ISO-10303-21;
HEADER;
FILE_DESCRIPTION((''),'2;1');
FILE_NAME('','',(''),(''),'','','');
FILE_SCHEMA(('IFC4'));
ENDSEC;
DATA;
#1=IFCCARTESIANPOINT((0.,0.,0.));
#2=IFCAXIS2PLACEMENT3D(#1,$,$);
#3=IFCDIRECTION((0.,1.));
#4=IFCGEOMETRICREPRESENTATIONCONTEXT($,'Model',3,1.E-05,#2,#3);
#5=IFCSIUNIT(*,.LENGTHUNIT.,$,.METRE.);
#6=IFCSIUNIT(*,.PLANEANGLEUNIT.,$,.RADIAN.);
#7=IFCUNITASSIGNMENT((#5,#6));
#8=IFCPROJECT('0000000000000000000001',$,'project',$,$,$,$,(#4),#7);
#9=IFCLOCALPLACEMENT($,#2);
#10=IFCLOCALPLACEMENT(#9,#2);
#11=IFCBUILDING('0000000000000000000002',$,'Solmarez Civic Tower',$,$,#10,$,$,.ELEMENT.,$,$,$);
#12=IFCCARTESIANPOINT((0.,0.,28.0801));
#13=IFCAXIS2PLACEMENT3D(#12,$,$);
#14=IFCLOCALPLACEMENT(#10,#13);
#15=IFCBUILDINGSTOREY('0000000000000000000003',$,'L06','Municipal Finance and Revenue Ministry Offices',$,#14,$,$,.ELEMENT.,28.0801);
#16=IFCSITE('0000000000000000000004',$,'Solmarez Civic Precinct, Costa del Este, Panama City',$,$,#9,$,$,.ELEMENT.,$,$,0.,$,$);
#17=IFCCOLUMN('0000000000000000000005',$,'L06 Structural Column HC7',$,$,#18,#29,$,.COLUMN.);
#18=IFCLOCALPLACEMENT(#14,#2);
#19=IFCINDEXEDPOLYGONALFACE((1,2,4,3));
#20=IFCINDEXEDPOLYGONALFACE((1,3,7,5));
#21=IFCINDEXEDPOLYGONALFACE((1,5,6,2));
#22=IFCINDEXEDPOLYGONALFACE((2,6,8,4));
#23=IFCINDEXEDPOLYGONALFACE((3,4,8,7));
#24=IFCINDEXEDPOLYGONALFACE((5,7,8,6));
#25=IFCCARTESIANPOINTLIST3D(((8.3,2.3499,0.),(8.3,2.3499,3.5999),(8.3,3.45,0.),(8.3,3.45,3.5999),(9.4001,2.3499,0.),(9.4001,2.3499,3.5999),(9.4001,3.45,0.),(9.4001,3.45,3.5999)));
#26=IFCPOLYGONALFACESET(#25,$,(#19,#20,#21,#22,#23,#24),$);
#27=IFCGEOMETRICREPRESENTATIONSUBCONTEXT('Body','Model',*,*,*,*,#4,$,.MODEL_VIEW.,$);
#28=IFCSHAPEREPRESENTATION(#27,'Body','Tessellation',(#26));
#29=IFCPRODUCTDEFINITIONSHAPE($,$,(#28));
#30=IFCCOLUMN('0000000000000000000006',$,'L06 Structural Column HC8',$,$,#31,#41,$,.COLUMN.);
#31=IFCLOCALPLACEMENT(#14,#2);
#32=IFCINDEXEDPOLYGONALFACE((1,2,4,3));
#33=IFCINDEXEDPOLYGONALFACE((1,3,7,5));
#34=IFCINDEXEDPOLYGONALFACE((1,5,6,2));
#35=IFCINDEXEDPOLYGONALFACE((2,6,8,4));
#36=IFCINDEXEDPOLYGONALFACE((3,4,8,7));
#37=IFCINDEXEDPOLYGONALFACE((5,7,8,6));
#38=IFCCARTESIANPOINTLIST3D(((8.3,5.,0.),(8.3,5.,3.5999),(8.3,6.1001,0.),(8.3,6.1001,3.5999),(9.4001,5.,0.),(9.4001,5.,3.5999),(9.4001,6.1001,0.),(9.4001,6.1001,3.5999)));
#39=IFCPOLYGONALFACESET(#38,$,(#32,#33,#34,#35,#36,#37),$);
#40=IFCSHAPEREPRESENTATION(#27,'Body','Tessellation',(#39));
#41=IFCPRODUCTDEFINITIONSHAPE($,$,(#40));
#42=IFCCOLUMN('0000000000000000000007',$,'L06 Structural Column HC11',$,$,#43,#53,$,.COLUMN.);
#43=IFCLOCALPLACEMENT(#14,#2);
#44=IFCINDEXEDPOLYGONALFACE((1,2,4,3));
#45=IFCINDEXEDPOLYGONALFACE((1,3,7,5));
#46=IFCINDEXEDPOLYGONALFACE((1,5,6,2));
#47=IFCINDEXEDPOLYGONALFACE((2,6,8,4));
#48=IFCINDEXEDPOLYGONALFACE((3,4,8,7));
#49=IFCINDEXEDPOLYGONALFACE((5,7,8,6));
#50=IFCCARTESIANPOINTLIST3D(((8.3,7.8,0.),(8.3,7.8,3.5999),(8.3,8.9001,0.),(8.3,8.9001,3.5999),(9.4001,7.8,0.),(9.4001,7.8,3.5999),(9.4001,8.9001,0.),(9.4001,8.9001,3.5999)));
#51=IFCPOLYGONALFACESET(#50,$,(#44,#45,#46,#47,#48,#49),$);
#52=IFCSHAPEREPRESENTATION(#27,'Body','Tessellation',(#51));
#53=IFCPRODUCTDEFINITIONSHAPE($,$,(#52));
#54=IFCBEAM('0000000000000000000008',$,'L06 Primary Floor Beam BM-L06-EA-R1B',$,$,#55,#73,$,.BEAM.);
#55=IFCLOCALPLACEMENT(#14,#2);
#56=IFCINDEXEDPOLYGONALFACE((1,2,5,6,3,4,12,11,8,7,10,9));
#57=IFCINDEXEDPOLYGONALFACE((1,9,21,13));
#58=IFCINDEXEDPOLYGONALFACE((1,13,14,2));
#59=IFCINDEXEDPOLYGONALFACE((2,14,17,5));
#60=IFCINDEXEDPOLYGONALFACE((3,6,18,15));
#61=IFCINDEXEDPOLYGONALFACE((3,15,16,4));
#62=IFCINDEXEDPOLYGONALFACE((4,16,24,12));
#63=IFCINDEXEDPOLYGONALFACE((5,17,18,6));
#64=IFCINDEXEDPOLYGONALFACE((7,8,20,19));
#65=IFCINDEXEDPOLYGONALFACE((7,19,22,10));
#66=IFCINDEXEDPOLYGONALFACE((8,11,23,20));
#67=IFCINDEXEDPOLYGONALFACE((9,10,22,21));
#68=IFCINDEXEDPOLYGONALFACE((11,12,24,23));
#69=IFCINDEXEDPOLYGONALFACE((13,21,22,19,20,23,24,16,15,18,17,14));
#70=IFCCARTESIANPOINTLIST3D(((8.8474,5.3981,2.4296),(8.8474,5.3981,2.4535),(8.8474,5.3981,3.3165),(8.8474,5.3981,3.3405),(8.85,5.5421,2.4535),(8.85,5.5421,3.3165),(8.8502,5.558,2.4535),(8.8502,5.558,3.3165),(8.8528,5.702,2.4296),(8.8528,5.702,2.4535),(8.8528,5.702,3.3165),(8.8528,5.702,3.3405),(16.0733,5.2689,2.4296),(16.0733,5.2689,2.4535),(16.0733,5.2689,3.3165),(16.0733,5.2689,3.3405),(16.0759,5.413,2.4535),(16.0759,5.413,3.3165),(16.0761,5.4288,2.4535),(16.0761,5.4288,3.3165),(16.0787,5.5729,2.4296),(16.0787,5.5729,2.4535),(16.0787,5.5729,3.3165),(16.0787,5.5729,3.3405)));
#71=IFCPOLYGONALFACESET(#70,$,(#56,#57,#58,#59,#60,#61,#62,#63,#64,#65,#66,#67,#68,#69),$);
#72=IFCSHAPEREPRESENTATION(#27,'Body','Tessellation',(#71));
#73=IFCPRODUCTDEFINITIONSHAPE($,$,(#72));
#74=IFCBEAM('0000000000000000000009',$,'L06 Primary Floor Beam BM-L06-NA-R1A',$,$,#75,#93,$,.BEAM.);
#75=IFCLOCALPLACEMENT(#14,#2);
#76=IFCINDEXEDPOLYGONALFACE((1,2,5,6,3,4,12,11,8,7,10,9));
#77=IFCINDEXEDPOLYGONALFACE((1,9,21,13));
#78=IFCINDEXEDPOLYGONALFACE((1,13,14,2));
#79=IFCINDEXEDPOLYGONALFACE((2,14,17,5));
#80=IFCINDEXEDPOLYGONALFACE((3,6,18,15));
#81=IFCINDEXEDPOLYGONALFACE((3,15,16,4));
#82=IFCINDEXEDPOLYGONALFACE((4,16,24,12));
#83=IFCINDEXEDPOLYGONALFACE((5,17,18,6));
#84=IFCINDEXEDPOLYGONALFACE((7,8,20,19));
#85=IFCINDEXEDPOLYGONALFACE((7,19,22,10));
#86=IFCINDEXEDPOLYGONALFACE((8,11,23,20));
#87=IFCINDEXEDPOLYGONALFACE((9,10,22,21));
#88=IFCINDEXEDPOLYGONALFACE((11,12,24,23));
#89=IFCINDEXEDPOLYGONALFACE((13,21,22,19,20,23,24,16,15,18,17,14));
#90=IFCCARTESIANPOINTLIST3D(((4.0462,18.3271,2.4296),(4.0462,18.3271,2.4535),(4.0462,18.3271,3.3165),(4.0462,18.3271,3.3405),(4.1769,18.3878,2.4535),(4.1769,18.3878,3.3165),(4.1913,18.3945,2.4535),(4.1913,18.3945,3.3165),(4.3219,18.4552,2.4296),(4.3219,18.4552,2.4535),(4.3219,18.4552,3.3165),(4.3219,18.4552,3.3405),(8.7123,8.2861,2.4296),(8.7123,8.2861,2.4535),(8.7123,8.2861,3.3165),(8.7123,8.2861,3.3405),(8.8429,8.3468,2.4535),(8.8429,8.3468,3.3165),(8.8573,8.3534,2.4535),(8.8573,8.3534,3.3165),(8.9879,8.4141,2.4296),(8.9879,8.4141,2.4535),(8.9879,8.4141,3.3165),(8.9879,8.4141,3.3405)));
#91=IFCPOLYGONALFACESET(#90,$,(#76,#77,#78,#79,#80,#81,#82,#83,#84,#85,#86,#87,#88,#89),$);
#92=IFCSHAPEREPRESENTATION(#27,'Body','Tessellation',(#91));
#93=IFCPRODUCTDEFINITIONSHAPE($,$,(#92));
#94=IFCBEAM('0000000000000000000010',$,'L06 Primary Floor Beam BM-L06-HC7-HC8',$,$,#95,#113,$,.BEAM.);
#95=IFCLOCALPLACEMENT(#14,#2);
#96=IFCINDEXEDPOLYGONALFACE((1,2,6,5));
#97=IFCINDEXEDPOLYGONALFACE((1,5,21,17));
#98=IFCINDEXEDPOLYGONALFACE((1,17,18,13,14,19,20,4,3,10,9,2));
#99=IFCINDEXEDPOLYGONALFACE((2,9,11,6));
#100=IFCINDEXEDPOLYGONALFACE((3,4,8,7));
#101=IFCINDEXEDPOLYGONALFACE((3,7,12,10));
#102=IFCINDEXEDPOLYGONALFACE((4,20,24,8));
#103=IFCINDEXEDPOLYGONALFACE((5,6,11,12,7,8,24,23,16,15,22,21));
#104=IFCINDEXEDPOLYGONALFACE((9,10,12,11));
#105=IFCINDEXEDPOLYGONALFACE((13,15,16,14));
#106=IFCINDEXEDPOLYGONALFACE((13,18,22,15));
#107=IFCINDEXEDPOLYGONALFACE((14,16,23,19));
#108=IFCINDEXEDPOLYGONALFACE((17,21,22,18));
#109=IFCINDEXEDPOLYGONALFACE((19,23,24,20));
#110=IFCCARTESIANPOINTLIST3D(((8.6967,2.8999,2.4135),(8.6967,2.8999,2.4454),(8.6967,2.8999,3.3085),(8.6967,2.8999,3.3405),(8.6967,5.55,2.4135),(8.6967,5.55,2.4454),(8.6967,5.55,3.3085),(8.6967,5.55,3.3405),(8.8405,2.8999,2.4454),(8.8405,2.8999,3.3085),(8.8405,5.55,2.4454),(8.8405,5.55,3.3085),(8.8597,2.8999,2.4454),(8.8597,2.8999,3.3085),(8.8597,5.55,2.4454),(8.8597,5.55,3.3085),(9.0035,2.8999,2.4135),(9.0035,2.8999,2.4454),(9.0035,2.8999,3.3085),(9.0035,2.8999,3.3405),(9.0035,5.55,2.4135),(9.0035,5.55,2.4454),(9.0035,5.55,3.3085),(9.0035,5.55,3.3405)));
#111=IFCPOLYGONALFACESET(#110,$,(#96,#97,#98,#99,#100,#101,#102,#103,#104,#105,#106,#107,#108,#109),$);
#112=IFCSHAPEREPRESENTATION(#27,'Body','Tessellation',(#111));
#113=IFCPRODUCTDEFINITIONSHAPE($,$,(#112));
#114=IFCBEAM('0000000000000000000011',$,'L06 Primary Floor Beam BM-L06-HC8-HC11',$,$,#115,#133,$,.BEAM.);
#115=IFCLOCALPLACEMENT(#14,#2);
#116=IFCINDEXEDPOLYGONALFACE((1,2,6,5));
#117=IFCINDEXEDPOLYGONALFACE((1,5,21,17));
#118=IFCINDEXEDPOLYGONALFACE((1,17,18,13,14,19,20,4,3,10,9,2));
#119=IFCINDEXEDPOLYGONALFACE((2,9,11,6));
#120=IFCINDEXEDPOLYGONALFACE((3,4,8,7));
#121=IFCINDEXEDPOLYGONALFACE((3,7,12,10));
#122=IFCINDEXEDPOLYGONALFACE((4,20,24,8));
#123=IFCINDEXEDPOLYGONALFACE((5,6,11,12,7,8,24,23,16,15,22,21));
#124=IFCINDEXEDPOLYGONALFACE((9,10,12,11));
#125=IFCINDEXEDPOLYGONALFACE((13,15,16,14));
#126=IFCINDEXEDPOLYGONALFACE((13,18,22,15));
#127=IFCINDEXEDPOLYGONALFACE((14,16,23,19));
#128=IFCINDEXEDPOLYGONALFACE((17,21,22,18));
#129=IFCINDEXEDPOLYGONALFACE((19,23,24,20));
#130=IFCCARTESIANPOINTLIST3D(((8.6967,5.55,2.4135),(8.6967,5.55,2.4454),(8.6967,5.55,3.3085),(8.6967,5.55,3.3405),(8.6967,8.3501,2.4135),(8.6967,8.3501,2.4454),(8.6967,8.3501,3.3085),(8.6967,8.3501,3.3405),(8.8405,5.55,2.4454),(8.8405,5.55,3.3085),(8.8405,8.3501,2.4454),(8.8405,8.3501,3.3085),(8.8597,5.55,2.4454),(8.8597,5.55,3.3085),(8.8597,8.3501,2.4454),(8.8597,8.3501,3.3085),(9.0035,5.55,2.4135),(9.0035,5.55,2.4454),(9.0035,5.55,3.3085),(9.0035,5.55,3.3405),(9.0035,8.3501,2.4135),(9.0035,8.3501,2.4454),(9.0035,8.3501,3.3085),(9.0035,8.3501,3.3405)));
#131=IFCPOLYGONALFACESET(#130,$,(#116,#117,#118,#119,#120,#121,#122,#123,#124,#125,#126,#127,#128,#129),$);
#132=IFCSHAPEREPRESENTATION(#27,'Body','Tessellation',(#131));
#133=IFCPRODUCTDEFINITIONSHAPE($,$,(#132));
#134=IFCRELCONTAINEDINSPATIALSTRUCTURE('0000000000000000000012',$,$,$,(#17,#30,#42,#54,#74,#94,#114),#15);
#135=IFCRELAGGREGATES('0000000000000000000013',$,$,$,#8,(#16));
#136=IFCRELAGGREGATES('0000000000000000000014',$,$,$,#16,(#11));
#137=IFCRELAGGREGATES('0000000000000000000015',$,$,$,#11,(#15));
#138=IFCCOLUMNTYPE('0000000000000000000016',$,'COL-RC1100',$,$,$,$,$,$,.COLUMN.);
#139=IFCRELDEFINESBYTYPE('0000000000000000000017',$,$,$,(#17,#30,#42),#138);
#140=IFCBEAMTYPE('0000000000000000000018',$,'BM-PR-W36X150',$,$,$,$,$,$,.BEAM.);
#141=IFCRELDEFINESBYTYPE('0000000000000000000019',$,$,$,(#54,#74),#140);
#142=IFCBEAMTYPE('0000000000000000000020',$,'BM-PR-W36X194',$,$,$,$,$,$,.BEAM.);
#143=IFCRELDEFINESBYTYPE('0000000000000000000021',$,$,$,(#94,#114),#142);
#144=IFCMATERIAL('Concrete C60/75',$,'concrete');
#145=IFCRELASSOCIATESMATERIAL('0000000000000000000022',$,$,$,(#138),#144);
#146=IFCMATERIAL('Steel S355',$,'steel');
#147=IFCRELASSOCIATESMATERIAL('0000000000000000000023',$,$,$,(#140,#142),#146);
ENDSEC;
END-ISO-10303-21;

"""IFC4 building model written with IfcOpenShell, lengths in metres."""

from ifc_helpers import new_model, si_unit, direction, frame, origin, origin_2d, place, context, subcontext, project, spatial, rectangle, i_section, extrude, material, material_profile, profile_set, type_object, element, save


model = new_model("IFC4")

# Units and contexts
model_context = context("Model", 3, precision=1e-05, world=origin(), true_north=direction((0.0, 1.0)))
body_context = subcontext(model_context, "Body", "Model", "MODEL_VIEW")
ifc_project = project(units=[si_unit("LENGTHUNIT", "METRE"), si_unit("PLANEANGLEUNIT", "RADIAN")], contexts=[model_context])

# Site, building, storey
site_placement = place(None, origin())
site = spatial("IfcSite", under=ifc_project, at=site_placement, Name="Solmarez Civic Precinct, Costa del Este, Panama City", CompositionType="ELEMENT", RefElevation=0.0)
building_placement = place(site_placement, origin())
building = spatial("IfcBuilding", under=site, at=building_placement, Name="Solmarez Civic Tower", CompositionType="ELEMENT")
storey_placement = place(building_placement, frame((0.0, 0.0, 28.0801)))
storey = spatial("IfcBuildingStorey", under=building, at=storey_placement, Name="L06", Description="Municipal Finance and Revenue Ministry Offices", CompositionType="ELEMENT", Elevation=28.0801)

# Columns
ifc_material_1 = material(Name="Concrete C60/75", Category="concrete")
ifc_material_profile_1 = material_profile(ifc_material_1, rectangle(XDim=1.1001, YDim=1.1001, at=origin_2d()), Name="RC1100X1100")
ifc_profile_set_1 = profile_set([ifc_material_profile_1], Name="Concrete C60/75")
column_type = type_object("IfcColumnType", Name="COL-RC1100", PredefinedType="COLUMN", material=ifc_profile_set_1)
for number, where, z_axis, x_axis, name in (
    (1, (8.8501, 2.8999, 0.0), (0.0, 0.0, 1.0), (1.0, 0.0, 0.0), "L06 Structural Column HC7"),
    (2, (8.8501, 5.55, 0.0), (0.0, 0.0, 1.0), (1.0, 0.0, 0.0), "L06 Structural Column HC8"),
    (3, (8.8501, 8.3501, 0.0), (0.0, 0.0, 1.0), (1.0, 0.0, 0.0), "L06 Structural Column HC11"),
):
    element("IfcColumn", number, at=place(storey_placement, frame(where, z_axis=z_axis, x_axis=x_axis)), inside=storey, type_object=column_type, Name=name, PredefinedType="COLUMN", context=body_context, shape_type="SweptSolid", body=[
        extrude(rectangle(XDim=1.1001, YDim=1.1001, at=origin_2d()), origin(), (0.0, 0.0, 1.0), 3.5999),
    ])

# Beams
ifc_material_2 = material(Name="Steel S355", Category="steel")
ifc_material_profile_2 = material_profile(ifc_material_2, i_section(OverallWidth=0.304, OverallDepth=0.9109, WebThickness=0.0159, FlangeThickness=0.0239, at=origin_2d()), Name="W36X150")
ifc_profile_set_2 = profile_set([ifc_material_profile_2], Name="Steel S355")
beam_type_1 = type_object("IfcBeamType", Name="BM-PR-W36X150", PredefinedType="BEAM", material=ifc_profile_set_2)
beam_1_placement = place(storey_placement, frame((8.8501, 5.55, 2.885), z_axis=(0.99984, -0.017871, 0.0), x_axis=(0.017871, 0.99984, 0.0)))
element("IfcBeam", 4, at=beam_1_placement, inside=storey, type_object=beam_type_1, Name="L06 Primary Floor Beam BM-L06-EA-R1B", PredefinedType="BEAM", context=body_context, shape_type="SweptSolid", body=[
    extrude(i_section(OverallWidth=0.304, OverallDepth=0.9109, WebThickness=0.0159, FlangeThickness=0.0239, at=origin_2d()), origin(), (0.0, 0.0, 1.0), 7.2271),
])
beam_2_placement = place(storey_placement, frame((8.8501, 8.3501, 2.885), z_axis=(-0.421417, 0.906867, 0.0), x_axis=(-0.906867, -0.421417, 0.0)))
element("IfcBeam", 5, at=beam_2_placement, inside=storey, type_object=beam_type_1, Name="L06 Primary Floor Beam BM-L06-NA-R1A", PredefinedType="BEAM", context=body_context, shape_type="SweptSolid", body=[
    extrude(i_section(OverallWidth=0.304, OverallDepth=0.9109, WebThickness=0.0159, FlangeThickness=0.0239, at=origin_2d()), origin(), (0.0, 0.0, 1.0), 11.0723),
])
ifc_material_profile_3 = material_profile(ifc_material_2, i_section(OverallWidth=0.3069, OverallDepth=0.927, WebThickness=0.0193, FlangeThickness=0.032, at=origin_2d()), Name="W36X194")
ifc_profile_set_3 = profile_set([ifc_material_profile_3], Name="Steel S355")
beam_type_2 = type_object("IfcBeamType", Name="BM-PR-W36X194", PredefinedType="BEAM", material=ifc_profile_set_3)
beam_3_placement = place(storey_placement, frame((8.8501, 2.8999, 2.877), z_axis=(0.0, 1.0, 0.0), x_axis=(-1.0, 0.0, 0.0)))
element("IfcBeam", 6, at=beam_3_placement, inside=storey, type_object=beam_type_2, Name="L06 Primary Floor Beam BM-L06-HC7-HC8", PredefinedType="BEAM", context=body_context, shape_type="SweptSolid", body=[
    extrude(i_section(OverallWidth=0.3069, OverallDepth=0.927, WebThickness=0.0193, FlangeThickness=0.032, at=origin_2d()), origin(), (0.0, 0.0, 1.0), 2.6501),
])
beam_4_placement = place(storey_placement, frame((8.8501, 5.55, 2.877), z_axis=(0.0, 1.0, 0.0), x_axis=(-1.0, 0.0, 0.0)))
element("IfcBeam", 7, at=beam_4_placement, inside=storey, type_object=beam_type_2, Name="L06 Primary Floor Beam BM-L06-HC8-HC11", PredefinedType="BEAM", context=body_context, shape_type="SweptSolid", body=[
    extrude(i_section(OverallWidth=0.3069, OverallDepth=0.927, WebThickness=0.0193, FlangeThickness=0.032, at=origin_2d()), origin(), (0.0, 0.0, 1.0), 2.8),
])

save(model, "model.ifc")
